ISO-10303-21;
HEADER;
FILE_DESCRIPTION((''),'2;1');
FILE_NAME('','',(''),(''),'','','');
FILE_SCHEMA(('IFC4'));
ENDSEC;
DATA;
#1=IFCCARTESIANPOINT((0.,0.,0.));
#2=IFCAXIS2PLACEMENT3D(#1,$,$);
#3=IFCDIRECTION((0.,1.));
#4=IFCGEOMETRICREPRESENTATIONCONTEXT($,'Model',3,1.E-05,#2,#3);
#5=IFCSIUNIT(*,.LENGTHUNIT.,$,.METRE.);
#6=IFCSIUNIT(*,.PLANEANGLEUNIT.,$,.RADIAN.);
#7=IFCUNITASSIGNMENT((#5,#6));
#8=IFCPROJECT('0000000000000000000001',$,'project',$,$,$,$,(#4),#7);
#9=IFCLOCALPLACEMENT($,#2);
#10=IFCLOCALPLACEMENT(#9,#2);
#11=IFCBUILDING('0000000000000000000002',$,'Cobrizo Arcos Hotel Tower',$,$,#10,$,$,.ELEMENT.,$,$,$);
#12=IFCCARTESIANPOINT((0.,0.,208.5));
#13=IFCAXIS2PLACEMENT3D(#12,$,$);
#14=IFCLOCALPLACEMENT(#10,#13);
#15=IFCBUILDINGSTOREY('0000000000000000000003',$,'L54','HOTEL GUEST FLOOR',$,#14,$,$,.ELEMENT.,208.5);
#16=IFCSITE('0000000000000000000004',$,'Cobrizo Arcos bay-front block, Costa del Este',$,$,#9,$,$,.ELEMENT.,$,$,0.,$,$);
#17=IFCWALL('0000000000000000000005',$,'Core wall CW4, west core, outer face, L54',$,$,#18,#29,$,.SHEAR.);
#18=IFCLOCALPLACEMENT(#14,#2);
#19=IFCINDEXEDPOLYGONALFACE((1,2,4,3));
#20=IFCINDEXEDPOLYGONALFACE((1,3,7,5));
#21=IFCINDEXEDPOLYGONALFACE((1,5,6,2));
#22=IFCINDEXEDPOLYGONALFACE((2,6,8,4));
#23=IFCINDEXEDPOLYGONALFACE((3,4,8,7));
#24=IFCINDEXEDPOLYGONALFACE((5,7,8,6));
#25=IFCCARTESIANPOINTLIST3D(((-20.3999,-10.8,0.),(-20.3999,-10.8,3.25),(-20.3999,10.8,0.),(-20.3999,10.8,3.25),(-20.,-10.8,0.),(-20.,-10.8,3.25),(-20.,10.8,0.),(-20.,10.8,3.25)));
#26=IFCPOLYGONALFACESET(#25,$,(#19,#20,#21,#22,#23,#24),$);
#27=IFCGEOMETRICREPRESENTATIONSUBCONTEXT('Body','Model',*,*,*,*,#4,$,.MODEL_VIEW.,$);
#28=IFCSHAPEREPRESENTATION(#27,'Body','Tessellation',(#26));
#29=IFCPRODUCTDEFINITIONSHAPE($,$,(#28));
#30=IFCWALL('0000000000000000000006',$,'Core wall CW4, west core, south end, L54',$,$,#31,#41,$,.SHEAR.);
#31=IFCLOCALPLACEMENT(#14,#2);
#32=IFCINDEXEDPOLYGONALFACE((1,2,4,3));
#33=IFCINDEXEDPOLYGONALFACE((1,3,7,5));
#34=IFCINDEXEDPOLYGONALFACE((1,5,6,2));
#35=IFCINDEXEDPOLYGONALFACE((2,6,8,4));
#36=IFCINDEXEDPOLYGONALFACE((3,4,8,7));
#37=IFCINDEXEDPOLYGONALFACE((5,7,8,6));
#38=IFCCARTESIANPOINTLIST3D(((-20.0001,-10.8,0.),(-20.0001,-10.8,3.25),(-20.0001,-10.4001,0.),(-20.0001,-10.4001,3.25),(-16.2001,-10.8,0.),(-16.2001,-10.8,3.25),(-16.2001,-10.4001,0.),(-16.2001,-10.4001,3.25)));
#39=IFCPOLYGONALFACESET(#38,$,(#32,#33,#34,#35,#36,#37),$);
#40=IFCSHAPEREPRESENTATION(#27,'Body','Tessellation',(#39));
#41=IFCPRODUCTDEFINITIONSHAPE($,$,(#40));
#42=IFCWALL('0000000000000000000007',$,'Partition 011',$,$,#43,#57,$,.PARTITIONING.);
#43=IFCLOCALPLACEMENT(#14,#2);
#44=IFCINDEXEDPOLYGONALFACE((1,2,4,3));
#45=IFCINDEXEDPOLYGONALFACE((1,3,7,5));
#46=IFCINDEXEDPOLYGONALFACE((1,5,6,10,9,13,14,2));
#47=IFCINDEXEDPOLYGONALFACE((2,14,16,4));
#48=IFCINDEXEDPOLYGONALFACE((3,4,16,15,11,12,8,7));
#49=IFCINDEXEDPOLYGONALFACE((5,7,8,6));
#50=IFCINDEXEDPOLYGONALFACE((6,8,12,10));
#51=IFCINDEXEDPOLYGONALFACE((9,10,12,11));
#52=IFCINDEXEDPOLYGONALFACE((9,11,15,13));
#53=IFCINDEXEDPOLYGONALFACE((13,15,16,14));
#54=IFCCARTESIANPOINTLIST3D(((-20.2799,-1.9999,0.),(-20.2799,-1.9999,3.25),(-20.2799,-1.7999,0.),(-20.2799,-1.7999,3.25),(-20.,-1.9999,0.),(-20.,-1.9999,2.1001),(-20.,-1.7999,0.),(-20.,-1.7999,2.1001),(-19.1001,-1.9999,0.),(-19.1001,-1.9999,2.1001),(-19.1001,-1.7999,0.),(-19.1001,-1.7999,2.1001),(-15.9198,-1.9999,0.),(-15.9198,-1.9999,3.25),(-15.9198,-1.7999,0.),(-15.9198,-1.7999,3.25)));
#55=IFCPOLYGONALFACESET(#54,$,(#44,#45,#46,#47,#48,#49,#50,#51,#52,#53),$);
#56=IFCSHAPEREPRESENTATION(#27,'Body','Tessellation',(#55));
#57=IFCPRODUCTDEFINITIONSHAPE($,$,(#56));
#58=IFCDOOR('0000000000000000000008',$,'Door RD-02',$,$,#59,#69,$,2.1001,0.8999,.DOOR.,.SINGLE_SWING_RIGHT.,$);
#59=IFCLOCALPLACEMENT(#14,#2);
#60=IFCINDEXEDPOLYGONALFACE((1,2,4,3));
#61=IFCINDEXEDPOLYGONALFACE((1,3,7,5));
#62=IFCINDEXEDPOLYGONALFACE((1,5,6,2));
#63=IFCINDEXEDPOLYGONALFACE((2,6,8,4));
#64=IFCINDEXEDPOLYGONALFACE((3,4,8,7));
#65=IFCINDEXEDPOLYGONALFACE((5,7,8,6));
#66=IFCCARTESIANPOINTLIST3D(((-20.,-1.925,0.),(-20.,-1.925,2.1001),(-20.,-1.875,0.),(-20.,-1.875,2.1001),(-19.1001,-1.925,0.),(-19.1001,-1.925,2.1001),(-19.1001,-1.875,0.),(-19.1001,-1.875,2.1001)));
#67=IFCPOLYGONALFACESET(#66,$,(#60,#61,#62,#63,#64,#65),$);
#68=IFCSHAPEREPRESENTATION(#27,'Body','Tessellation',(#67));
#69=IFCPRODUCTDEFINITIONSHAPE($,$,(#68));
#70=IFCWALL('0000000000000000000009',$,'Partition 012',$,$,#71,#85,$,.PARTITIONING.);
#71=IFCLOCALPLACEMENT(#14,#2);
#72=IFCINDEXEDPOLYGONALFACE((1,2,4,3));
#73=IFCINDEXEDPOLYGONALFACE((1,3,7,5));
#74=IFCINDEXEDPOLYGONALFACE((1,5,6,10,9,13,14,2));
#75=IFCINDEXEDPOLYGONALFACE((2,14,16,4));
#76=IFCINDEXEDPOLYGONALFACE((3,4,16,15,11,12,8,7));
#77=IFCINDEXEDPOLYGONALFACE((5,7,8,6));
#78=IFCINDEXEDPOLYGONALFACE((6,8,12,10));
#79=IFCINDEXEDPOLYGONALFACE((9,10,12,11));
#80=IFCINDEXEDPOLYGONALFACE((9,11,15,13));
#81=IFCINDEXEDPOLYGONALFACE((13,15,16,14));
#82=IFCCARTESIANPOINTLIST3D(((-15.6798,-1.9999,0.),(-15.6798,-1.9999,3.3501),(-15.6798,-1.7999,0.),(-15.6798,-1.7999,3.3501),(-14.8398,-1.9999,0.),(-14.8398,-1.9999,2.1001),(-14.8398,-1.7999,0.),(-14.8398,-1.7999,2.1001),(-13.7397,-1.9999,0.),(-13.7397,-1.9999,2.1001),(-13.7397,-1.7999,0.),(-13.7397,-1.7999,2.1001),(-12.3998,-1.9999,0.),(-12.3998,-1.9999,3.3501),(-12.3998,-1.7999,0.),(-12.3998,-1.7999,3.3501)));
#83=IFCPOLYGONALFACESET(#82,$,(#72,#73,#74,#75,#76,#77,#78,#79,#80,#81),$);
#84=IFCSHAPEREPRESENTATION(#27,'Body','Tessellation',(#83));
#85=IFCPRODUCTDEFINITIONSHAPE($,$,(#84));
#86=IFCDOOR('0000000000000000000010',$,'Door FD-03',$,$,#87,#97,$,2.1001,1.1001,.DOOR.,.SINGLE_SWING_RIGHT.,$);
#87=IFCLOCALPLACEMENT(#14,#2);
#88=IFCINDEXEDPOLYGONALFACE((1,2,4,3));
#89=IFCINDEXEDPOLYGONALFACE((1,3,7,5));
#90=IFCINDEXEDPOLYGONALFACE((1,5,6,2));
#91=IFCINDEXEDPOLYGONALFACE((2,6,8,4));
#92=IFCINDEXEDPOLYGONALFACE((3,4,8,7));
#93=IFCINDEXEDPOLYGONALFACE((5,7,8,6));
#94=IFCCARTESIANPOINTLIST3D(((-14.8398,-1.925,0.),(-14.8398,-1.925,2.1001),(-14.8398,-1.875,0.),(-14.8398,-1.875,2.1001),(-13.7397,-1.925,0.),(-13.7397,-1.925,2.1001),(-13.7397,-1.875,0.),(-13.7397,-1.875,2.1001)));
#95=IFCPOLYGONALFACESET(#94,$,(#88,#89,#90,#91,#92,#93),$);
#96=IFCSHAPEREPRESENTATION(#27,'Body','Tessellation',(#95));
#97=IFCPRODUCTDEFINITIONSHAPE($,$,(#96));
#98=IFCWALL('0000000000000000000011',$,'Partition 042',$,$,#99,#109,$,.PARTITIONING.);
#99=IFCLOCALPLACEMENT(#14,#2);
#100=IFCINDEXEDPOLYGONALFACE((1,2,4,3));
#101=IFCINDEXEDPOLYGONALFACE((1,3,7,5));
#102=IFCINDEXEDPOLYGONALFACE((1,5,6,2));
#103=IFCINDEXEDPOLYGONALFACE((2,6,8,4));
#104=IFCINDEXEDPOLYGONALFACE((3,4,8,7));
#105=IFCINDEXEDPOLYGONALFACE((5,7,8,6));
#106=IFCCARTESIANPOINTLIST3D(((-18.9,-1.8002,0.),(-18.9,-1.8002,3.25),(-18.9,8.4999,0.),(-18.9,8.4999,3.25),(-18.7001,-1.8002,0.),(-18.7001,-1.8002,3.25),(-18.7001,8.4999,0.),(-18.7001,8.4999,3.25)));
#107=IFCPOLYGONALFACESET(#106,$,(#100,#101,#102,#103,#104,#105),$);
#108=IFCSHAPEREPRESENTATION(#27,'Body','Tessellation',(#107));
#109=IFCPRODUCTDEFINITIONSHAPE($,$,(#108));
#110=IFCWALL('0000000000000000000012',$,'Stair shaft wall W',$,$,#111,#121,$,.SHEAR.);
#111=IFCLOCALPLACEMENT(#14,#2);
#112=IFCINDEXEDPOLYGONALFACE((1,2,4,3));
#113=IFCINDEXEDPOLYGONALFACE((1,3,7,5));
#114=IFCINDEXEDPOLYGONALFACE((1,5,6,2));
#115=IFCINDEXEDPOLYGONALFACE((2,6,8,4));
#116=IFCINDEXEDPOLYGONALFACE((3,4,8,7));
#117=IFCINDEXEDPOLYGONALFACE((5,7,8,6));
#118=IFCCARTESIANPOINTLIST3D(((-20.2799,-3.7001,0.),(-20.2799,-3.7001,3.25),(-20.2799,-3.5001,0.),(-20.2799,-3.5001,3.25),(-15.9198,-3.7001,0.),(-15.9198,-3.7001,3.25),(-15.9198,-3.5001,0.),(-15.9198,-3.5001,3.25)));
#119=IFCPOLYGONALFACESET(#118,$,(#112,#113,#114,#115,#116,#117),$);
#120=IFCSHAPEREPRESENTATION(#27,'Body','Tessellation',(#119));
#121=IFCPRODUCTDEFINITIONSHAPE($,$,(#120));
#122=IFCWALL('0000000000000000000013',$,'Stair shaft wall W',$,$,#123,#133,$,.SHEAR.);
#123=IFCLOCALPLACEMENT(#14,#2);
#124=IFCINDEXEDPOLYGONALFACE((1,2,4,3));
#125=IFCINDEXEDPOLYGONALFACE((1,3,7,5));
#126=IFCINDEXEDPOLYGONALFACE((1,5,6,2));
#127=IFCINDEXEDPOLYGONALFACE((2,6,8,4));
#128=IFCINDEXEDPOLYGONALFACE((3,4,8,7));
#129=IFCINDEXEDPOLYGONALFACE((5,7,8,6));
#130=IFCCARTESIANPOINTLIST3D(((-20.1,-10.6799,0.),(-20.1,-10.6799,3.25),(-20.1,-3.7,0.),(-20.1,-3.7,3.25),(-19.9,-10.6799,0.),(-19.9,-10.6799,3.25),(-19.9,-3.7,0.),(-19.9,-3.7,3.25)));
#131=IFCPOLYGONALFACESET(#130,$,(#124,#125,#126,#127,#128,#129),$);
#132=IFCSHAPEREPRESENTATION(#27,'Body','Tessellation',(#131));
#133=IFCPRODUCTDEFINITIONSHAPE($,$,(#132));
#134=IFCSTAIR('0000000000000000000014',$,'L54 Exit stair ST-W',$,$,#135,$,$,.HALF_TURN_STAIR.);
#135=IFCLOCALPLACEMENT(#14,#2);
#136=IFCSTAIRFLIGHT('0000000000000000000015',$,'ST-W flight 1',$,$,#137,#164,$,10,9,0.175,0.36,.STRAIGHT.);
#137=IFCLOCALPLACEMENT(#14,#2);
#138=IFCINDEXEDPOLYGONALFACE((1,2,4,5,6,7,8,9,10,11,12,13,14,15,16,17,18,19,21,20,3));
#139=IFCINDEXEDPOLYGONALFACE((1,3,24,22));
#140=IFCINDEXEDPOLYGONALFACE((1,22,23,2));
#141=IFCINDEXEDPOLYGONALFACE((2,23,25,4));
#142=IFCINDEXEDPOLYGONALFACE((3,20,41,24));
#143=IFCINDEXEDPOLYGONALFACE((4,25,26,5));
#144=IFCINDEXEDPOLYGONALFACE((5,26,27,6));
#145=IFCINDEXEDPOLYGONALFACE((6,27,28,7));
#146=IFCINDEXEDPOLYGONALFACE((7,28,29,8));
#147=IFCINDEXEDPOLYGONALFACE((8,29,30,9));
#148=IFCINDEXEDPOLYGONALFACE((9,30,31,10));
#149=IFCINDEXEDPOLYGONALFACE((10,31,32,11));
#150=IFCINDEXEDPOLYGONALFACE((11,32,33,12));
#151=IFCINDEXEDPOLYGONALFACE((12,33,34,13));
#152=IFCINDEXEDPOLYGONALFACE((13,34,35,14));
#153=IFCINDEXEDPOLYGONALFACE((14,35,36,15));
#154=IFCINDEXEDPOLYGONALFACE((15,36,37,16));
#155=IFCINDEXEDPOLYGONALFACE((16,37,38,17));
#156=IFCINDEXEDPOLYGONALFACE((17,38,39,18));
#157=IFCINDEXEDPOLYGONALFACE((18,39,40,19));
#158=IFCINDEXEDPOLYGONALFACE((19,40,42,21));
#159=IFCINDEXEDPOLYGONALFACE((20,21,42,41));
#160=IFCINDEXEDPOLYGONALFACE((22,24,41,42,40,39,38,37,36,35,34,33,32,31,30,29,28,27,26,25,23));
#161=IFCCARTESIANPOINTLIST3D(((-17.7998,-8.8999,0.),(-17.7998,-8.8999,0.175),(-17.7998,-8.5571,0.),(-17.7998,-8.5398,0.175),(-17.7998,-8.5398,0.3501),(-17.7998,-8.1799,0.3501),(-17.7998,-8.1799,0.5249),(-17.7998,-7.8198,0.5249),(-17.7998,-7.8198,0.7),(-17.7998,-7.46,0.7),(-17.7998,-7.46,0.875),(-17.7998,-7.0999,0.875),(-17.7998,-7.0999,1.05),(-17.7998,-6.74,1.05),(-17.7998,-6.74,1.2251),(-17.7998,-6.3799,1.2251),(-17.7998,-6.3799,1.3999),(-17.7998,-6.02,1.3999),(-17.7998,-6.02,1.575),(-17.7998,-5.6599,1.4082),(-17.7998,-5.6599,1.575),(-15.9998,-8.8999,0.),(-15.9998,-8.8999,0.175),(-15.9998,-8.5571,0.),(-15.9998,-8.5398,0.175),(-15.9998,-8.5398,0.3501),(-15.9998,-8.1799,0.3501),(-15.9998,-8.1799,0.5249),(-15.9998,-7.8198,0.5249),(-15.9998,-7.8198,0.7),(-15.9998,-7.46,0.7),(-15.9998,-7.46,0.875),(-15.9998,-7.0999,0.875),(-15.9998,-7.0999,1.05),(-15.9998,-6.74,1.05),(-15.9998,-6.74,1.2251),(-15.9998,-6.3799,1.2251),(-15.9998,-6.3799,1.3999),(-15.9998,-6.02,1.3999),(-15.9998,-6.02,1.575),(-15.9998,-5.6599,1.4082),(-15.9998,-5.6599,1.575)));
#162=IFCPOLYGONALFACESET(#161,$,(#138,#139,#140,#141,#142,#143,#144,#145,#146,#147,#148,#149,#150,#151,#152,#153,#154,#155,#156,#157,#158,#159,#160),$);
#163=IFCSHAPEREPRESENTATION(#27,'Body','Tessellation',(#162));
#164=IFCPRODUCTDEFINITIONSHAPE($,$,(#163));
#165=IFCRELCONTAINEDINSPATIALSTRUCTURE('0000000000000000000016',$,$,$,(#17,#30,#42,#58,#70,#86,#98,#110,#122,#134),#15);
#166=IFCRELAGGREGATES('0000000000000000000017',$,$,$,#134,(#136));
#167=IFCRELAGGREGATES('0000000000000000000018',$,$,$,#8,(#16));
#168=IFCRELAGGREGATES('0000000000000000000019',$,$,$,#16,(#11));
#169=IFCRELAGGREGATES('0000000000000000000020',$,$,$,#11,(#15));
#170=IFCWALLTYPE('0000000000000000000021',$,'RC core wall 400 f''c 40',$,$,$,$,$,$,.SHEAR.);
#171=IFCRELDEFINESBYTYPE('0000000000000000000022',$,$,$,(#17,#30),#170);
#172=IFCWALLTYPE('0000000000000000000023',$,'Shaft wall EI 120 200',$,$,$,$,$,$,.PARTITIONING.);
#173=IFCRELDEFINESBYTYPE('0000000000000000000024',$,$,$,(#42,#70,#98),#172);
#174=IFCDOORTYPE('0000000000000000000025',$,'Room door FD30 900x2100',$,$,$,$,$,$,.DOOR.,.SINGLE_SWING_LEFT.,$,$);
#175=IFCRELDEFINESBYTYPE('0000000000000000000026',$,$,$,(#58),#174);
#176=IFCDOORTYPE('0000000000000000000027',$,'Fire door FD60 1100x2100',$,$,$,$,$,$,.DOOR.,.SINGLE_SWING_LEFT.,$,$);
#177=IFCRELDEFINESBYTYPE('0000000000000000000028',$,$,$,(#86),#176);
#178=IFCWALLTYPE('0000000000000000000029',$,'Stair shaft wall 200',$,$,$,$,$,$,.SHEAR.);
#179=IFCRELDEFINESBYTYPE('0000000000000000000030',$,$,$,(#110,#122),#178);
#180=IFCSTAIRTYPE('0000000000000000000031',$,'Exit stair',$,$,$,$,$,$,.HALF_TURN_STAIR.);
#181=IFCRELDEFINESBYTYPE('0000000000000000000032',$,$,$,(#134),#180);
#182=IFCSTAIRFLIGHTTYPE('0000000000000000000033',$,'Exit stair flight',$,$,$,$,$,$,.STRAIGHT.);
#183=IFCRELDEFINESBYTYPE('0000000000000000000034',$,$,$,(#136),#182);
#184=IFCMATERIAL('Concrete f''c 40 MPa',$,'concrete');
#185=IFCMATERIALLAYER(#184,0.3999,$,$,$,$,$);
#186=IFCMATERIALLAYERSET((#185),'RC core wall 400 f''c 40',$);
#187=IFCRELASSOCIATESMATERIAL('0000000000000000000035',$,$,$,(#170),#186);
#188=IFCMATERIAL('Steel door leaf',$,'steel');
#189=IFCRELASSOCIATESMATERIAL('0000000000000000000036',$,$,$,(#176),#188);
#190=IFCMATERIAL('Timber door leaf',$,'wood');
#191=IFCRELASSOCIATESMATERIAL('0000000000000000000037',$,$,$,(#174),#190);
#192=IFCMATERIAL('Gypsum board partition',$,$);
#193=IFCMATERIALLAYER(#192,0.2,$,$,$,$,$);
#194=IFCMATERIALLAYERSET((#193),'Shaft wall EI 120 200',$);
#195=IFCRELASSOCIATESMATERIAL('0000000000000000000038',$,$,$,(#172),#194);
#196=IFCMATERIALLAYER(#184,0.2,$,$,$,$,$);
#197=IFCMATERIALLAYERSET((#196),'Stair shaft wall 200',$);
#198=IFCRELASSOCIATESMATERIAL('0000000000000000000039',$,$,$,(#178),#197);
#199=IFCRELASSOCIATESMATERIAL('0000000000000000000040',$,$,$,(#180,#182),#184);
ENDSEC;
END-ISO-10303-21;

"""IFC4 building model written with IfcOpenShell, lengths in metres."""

from ifc_helpers import new_model, si_unit, direction, frame, frame_2d, origin, place, context, subcontext, project, spatial, polyline, rectangle, outline, extrude, material, layer, layer_set, type_object, element, fill, aggregate, save


model = new_model("IFC4")

# Units and contexts
model_context = context("Model", 3, precision=1e-05, world=origin(), true_north=direction((0.0, 1.0)))
body_context = subcontext(model_context, "Body", "Model", "MODEL_VIEW")
ifc_project = project(units=[si_unit("LENGTHUNIT", "METRE"), si_unit("PLANEANGLEUNIT", "RADIAN")], contexts=[model_context])

# Site, building, storey
site_placement = place(None, origin())
site = spatial("IfcSite", under=ifc_project, at=site_placement, Name="Cobrizo Arcos bay-front block, Costa del Este", CompositionType="ELEMENT", RefElevation=0.0)
building_placement = place(site_placement, origin())
building = spatial("IfcBuilding", under=site, at=building_placement, Name="Cobrizo Arcos Hotel Tower", CompositionType="ELEMENT")
storey_placement = place(building_placement, frame((0.0, 0.0, 208.5)))
storey = spatial("IfcBuildingStorey", under=building, at=storey_placement, Name="L54", Description="HOTEL GUEST FLOOR", CompositionType="ELEMENT", Elevation=208.5)

# Shared definitions
ifc_material_1 = material(Name="Concrete f'c 40 MPa", Category="concrete")
ifc_layer_1 = layer(ifc_material_1, 0.3999)
ifc_layer_set_1 = layer_set([ifc_layer_1], Name="RC core wall 400 f'c 40")
wall_type_1 = type_object("IfcWallType", Name="RC core wall 400 f'c 40", PredefinedType="SHEAR", material=ifc_layer_set_1)
ifc_material_2 = material(Name="Steel door leaf", Category="steel")
door_type_1 = type_object("IfcDoorType", Name="Fire door FD60 1100x2100", OperationType="SINGLE_SWING_LEFT", PredefinedType="DOOR", material=ifc_material_2)
ifc_material_3 = material(Name="Timber door leaf", Category="wood")
door_type_2 = type_object("IfcDoorType", Name="Room door FD30 900x2100", OperationType="SINGLE_SWING_LEFT", PredefinedType="DOOR", material=ifc_material_3)

# Walls
wall_1_placement = place(storey_placement, frame((-20.2, -10.8, 0.0), z_axis=(0.0, 0.0, 1.0), x_axis=(0.0, 1.0, 0.0)))
element("IfcWall", 1, at=wall_1_placement, inside=storey, type_object=wall_type_1, Name="Core wall CW4, west core, outer face, L54", PredefinedType="SHEAR", context=body_context, shape_type="SweptSolid", body=[
    extrude(rectangle(XDim=21.6001, YDim=0.3999, at=frame_2d((10.8, 0.0))), origin(), (0.0, 0.0, 1.0), 3.25),
])
wall_2_placement = place(storey_placement, frame((-20.0, -10.6001, 0.0), z_axis=(0.0, 0.0, 1.0), x_axis=(1.0, 0.0, 0.0)))
element("IfcWall", 2, at=wall_2_placement, inside=storey, type_object=wall_type_1, Name="Core wall CW4, west core, south end, L54", PredefinedType="SHEAR", context=body_context, shape_type="SweptSolid", body=[
    extrude(rectangle(XDim=3.8, YDim=0.3999, at=frame_2d((1.8999, 0.0))), origin(), (0.0, 0.0, 1.0), 3.25),
])

# Walls, openings, doors
ifc_material_4 = material(Name="Gypsum board partition")
ifc_layer_2 = layer(ifc_material_4, 0.2)
ifc_layer_set_2 = layer_set([ifc_layer_2], Name="Shaft wall EI 120 200")
wall_type_2 = type_object("IfcWallType", Name="Shaft wall EI 120 200", PredefinedType="PARTITIONING", material=ifc_layer_set_2)
wall_3_placement = place(storey_placement, frame((-20.28, -1.8999, 0.0), z_axis=(0.0, 0.0, 1.0), x_axis=(1.0, 0.0, 0.0)))
wall_3 = element("IfcWall", 3, at=wall_3_placement, inside=storey, type_object=wall_type_2, Name="Partition 011", PredefinedType="PARTITIONING", context=body_context, shape_type="SweptSolid", body=[
    extrude(rectangle(XDim=4.3601, YDim=0.2, at=frame_2d((2.1802, 0.0))), origin(), (0.0, 0.0, 1.0), 3.25),
])
opening_1_placement = place(wall_3_placement, frame((0.28, 0.0, 0.0)))
opening_1 = element("IfcOpeningElement", 4, at=opening_1_placement, cuts=wall_3, PredefinedType="OPENING", context=body_context, shape_type="SweptSolid", body=[
    extrude(rectangle(XDim=0.8999, YDim=2.1001, at=frame_2d((0.45, 1.05))), frame((0.0, 0.1121, 0.0), z_axis=(0.0, -1.0, 0.0), x_axis=(1.0, 0.0, 0.0)), (0.0, 0.0, 1.0), 0.2239),
])
door_1_placement = place(opening_1_placement, origin())
door_1 = element("IfcDoor", 5, at=door_1_placement, inside=storey, type_object=door_type_2, Name="Door RD-02", OperationType="SINGLE_SWING_RIGHT", OverallHeight=2.1001, OverallWidth=0.8999, PredefinedType="DOOR", context=body_context, shape_type="SweptSolid", body=[
    extrude(rectangle(XDim=0.8999, YDim=2.1001, at=frame_2d((0.45, 1.05))), frame((0.0, 0.0249, 0.0), z_axis=(0.0, -1.0, 0.0), x_axis=(1.0, 0.0, 0.0)), (0.0, 0.0, 1.0), 0.05),
])
fill(opening_1, door_1)
wall_4_placement = place(storey_placement, frame((-15.6799, -1.8999, 0.0), z_axis=(0.0, 0.0, 1.0), x_axis=(1.0, 0.0, 0.0)))
wall_4 = element("IfcWall", 6, at=wall_4_placement, inside=storey, type_object=wall_type_2, Name="Partition 012", PredefinedType="PARTITIONING", context=body_context, shape_type="SweptSolid", body=[
    extrude(rectangle(XDim=3.28, YDim=0.2, at=frame_2d((1.6401, 0.0))), origin(), (0.0, 0.0, 1.0), 3.3501),
])
opening_2_placement = place(wall_4_placement, frame((0.8401, 0.0, 0.0)))
opening_2 = element("IfcOpeningElement", 7, at=opening_2_placement, cuts=wall_4, PredefinedType="OPENING", context=body_context, shape_type="SweptSolid", body=[
    extrude(rectangle(XDim=1.1001, YDim=2.1001, at=frame_2d((0.55, 1.05))), frame((0.0, 0.1121, 0.0), z_axis=(0.0, -1.0, 0.0), x_axis=(1.0, 0.0, 0.0)), (0.0, 0.0, 1.0), 0.2239),
])
door_2_placement = place(opening_2_placement, origin())
door_2 = element("IfcDoor", 8, at=door_2_placement, inside=storey, type_object=door_type_1, Name="Door FD-03", OperationType="SINGLE_SWING_RIGHT", OverallHeight=2.1001, OverallWidth=1.1001, PredefinedType="DOOR", context=body_context, shape_type="SweptSolid", body=[
    extrude(rectangle(XDim=1.1001, YDim=2.1001, at=frame_2d((0.55, 1.05))), frame((0.0, 0.0249, 0.0), z_axis=(0.0, -1.0, 0.0), x_axis=(1.0, 0.0, 0.0)), (0.0, 0.0, 1.0), 0.05),
])
fill(opening_2, door_2)

# Walls
wall_5_placement = place(storey_placement, frame((-18.8, -1.8, 0.0), z_axis=(0.0, 0.0, 1.0), x_axis=(0.0, 1.0, 0.0)))
element("IfcWall", 9, at=wall_5_placement, inside=storey, type_object=wall_type_2, Name="Partition 042", PredefinedType="PARTITIONING", context=body_context, shape_type="SweptSolid", body=[
    extrude(rectangle(XDim=10.3, YDim=0.2, at=frame_2d((5.1499, 0.0))), origin(), (0.0, 0.0, 1.0), 3.25),
])
ifc_layer_3 = layer(ifc_material_1, 0.2)
ifc_layer_set_3 = layer_set([ifc_layer_3], Name="Stair shaft wall 200")
wall_type_3 = type_object("IfcWallType", Name="Stair shaft wall 200", PredefinedType="SHEAR", material=ifc_layer_set_3)
wall_6_placement = place(storey_placement, frame((-20.28, -3.6001, 0.0), z_axis=(0.0, 0.0, 1.0), x_axis=(1.0, 0.0, 0.0)))
element("IfcWall", 10, at=wall_6_placement, inside=storey, type_object=wall_type_3, Name="Stair shaft wall W", PredefinedType="SHEAR", context=body_context, shape_type="SweptSolid", body=[
    extrude(rectangle(XDim=4.3601, YDim=0.2, at=frame_2d((2.1802, 0.0))), origin(), (0.0, 0.0, 1.0), 3.25),
])
wall_7_placement = place(storey_placement, frame((-20.0, -10.6799, 0.0), z_axis=(0.0, 0.0, 1.0), x_axis=(0.0, 1.0, 0.0)))
element("IfcWall", 11, at=wall_7_placement, inside=storey, type_object=wall_type_3, Name="Stair shaft wall W", PredefinedType="SHEAR", context=body_context, shape_type="SweptSolid", body=[
    extrude(rectangle(XDim=6.98, YDim=0.2, at=frame_2d((3.49, 0.0))), origin(), (0.0, 0.0, 1.0), 3.25),
])

# Stair, stair flight
stair_type = type_object("IfcStairType", Name="Exit stair", PredefinedType="HALF_TURN_STAIR", material=ifc_material_1)
stair_placement = place(storey_placement, origin())
stair = element("IfcStair", 12, at=stair_placement, inside=storey, type_object=stair_type, Name="L54 Exit stair ST-W", PredefinedType="HALF_TURN_STAIR")
stair_flight_type = type_object("IfcStairFlightType", Name="Exit stair flight", PredefinedType="STRAIGHT", material=ifc_material_1)
stair_flight_1_placement = place(storey_placement, frame((-16.8999, -8.8999, 0.0), z_axis=(0.0, 0.0, 1.0), x_axis=(0.0, 1.0, 0.0)))
stair_flight_1 = element("IfcStairFlight", 13, at=stair_flight_1_placement, type_object=stair_flight_type, Name="ST-W flight 1", NumberOfRisers=10, NumberOfTreads=9, PredefinedType="STRAIGHT", RiserHeight=0.175, TreadLength=0.36, context=body_context, shape_type="SweptSolid", body=[
    extrude(outline(polyline([(0.0, 0.0), (0.0, 0.175), (0.3601, 0.175), (0.3601, 0.3501), (0.72, 0.3501), (0.72, 0.5249), (1.0801, 0.5249), (1.0801, 0.7), (1.4399, 0.7), (1.4399, 0.875), (1.8, 0.875), (1.8, 1.05), (2.1599, 1.05), (2.1599, 1.2251), (2.52, 1.2251), (2.52, 1.3999), (2.8799, 1.3999), (2.8799, 1.575), (3.24, 1.575), (3.24, 1.75), (3.24, 1.4082), (0.3428, 0.0), (0.0, 0.0)])), frame((0.0, 0.8999, 0.0), z_axis=(0.0, -1.0, 0.0), x_axis=(1.0, 0.0, 0.0)), (0.0, 0.0, 1.0), 1.8),
])
aggregate(stair, [stair_flight_1])

save(model, "model.ifc")
